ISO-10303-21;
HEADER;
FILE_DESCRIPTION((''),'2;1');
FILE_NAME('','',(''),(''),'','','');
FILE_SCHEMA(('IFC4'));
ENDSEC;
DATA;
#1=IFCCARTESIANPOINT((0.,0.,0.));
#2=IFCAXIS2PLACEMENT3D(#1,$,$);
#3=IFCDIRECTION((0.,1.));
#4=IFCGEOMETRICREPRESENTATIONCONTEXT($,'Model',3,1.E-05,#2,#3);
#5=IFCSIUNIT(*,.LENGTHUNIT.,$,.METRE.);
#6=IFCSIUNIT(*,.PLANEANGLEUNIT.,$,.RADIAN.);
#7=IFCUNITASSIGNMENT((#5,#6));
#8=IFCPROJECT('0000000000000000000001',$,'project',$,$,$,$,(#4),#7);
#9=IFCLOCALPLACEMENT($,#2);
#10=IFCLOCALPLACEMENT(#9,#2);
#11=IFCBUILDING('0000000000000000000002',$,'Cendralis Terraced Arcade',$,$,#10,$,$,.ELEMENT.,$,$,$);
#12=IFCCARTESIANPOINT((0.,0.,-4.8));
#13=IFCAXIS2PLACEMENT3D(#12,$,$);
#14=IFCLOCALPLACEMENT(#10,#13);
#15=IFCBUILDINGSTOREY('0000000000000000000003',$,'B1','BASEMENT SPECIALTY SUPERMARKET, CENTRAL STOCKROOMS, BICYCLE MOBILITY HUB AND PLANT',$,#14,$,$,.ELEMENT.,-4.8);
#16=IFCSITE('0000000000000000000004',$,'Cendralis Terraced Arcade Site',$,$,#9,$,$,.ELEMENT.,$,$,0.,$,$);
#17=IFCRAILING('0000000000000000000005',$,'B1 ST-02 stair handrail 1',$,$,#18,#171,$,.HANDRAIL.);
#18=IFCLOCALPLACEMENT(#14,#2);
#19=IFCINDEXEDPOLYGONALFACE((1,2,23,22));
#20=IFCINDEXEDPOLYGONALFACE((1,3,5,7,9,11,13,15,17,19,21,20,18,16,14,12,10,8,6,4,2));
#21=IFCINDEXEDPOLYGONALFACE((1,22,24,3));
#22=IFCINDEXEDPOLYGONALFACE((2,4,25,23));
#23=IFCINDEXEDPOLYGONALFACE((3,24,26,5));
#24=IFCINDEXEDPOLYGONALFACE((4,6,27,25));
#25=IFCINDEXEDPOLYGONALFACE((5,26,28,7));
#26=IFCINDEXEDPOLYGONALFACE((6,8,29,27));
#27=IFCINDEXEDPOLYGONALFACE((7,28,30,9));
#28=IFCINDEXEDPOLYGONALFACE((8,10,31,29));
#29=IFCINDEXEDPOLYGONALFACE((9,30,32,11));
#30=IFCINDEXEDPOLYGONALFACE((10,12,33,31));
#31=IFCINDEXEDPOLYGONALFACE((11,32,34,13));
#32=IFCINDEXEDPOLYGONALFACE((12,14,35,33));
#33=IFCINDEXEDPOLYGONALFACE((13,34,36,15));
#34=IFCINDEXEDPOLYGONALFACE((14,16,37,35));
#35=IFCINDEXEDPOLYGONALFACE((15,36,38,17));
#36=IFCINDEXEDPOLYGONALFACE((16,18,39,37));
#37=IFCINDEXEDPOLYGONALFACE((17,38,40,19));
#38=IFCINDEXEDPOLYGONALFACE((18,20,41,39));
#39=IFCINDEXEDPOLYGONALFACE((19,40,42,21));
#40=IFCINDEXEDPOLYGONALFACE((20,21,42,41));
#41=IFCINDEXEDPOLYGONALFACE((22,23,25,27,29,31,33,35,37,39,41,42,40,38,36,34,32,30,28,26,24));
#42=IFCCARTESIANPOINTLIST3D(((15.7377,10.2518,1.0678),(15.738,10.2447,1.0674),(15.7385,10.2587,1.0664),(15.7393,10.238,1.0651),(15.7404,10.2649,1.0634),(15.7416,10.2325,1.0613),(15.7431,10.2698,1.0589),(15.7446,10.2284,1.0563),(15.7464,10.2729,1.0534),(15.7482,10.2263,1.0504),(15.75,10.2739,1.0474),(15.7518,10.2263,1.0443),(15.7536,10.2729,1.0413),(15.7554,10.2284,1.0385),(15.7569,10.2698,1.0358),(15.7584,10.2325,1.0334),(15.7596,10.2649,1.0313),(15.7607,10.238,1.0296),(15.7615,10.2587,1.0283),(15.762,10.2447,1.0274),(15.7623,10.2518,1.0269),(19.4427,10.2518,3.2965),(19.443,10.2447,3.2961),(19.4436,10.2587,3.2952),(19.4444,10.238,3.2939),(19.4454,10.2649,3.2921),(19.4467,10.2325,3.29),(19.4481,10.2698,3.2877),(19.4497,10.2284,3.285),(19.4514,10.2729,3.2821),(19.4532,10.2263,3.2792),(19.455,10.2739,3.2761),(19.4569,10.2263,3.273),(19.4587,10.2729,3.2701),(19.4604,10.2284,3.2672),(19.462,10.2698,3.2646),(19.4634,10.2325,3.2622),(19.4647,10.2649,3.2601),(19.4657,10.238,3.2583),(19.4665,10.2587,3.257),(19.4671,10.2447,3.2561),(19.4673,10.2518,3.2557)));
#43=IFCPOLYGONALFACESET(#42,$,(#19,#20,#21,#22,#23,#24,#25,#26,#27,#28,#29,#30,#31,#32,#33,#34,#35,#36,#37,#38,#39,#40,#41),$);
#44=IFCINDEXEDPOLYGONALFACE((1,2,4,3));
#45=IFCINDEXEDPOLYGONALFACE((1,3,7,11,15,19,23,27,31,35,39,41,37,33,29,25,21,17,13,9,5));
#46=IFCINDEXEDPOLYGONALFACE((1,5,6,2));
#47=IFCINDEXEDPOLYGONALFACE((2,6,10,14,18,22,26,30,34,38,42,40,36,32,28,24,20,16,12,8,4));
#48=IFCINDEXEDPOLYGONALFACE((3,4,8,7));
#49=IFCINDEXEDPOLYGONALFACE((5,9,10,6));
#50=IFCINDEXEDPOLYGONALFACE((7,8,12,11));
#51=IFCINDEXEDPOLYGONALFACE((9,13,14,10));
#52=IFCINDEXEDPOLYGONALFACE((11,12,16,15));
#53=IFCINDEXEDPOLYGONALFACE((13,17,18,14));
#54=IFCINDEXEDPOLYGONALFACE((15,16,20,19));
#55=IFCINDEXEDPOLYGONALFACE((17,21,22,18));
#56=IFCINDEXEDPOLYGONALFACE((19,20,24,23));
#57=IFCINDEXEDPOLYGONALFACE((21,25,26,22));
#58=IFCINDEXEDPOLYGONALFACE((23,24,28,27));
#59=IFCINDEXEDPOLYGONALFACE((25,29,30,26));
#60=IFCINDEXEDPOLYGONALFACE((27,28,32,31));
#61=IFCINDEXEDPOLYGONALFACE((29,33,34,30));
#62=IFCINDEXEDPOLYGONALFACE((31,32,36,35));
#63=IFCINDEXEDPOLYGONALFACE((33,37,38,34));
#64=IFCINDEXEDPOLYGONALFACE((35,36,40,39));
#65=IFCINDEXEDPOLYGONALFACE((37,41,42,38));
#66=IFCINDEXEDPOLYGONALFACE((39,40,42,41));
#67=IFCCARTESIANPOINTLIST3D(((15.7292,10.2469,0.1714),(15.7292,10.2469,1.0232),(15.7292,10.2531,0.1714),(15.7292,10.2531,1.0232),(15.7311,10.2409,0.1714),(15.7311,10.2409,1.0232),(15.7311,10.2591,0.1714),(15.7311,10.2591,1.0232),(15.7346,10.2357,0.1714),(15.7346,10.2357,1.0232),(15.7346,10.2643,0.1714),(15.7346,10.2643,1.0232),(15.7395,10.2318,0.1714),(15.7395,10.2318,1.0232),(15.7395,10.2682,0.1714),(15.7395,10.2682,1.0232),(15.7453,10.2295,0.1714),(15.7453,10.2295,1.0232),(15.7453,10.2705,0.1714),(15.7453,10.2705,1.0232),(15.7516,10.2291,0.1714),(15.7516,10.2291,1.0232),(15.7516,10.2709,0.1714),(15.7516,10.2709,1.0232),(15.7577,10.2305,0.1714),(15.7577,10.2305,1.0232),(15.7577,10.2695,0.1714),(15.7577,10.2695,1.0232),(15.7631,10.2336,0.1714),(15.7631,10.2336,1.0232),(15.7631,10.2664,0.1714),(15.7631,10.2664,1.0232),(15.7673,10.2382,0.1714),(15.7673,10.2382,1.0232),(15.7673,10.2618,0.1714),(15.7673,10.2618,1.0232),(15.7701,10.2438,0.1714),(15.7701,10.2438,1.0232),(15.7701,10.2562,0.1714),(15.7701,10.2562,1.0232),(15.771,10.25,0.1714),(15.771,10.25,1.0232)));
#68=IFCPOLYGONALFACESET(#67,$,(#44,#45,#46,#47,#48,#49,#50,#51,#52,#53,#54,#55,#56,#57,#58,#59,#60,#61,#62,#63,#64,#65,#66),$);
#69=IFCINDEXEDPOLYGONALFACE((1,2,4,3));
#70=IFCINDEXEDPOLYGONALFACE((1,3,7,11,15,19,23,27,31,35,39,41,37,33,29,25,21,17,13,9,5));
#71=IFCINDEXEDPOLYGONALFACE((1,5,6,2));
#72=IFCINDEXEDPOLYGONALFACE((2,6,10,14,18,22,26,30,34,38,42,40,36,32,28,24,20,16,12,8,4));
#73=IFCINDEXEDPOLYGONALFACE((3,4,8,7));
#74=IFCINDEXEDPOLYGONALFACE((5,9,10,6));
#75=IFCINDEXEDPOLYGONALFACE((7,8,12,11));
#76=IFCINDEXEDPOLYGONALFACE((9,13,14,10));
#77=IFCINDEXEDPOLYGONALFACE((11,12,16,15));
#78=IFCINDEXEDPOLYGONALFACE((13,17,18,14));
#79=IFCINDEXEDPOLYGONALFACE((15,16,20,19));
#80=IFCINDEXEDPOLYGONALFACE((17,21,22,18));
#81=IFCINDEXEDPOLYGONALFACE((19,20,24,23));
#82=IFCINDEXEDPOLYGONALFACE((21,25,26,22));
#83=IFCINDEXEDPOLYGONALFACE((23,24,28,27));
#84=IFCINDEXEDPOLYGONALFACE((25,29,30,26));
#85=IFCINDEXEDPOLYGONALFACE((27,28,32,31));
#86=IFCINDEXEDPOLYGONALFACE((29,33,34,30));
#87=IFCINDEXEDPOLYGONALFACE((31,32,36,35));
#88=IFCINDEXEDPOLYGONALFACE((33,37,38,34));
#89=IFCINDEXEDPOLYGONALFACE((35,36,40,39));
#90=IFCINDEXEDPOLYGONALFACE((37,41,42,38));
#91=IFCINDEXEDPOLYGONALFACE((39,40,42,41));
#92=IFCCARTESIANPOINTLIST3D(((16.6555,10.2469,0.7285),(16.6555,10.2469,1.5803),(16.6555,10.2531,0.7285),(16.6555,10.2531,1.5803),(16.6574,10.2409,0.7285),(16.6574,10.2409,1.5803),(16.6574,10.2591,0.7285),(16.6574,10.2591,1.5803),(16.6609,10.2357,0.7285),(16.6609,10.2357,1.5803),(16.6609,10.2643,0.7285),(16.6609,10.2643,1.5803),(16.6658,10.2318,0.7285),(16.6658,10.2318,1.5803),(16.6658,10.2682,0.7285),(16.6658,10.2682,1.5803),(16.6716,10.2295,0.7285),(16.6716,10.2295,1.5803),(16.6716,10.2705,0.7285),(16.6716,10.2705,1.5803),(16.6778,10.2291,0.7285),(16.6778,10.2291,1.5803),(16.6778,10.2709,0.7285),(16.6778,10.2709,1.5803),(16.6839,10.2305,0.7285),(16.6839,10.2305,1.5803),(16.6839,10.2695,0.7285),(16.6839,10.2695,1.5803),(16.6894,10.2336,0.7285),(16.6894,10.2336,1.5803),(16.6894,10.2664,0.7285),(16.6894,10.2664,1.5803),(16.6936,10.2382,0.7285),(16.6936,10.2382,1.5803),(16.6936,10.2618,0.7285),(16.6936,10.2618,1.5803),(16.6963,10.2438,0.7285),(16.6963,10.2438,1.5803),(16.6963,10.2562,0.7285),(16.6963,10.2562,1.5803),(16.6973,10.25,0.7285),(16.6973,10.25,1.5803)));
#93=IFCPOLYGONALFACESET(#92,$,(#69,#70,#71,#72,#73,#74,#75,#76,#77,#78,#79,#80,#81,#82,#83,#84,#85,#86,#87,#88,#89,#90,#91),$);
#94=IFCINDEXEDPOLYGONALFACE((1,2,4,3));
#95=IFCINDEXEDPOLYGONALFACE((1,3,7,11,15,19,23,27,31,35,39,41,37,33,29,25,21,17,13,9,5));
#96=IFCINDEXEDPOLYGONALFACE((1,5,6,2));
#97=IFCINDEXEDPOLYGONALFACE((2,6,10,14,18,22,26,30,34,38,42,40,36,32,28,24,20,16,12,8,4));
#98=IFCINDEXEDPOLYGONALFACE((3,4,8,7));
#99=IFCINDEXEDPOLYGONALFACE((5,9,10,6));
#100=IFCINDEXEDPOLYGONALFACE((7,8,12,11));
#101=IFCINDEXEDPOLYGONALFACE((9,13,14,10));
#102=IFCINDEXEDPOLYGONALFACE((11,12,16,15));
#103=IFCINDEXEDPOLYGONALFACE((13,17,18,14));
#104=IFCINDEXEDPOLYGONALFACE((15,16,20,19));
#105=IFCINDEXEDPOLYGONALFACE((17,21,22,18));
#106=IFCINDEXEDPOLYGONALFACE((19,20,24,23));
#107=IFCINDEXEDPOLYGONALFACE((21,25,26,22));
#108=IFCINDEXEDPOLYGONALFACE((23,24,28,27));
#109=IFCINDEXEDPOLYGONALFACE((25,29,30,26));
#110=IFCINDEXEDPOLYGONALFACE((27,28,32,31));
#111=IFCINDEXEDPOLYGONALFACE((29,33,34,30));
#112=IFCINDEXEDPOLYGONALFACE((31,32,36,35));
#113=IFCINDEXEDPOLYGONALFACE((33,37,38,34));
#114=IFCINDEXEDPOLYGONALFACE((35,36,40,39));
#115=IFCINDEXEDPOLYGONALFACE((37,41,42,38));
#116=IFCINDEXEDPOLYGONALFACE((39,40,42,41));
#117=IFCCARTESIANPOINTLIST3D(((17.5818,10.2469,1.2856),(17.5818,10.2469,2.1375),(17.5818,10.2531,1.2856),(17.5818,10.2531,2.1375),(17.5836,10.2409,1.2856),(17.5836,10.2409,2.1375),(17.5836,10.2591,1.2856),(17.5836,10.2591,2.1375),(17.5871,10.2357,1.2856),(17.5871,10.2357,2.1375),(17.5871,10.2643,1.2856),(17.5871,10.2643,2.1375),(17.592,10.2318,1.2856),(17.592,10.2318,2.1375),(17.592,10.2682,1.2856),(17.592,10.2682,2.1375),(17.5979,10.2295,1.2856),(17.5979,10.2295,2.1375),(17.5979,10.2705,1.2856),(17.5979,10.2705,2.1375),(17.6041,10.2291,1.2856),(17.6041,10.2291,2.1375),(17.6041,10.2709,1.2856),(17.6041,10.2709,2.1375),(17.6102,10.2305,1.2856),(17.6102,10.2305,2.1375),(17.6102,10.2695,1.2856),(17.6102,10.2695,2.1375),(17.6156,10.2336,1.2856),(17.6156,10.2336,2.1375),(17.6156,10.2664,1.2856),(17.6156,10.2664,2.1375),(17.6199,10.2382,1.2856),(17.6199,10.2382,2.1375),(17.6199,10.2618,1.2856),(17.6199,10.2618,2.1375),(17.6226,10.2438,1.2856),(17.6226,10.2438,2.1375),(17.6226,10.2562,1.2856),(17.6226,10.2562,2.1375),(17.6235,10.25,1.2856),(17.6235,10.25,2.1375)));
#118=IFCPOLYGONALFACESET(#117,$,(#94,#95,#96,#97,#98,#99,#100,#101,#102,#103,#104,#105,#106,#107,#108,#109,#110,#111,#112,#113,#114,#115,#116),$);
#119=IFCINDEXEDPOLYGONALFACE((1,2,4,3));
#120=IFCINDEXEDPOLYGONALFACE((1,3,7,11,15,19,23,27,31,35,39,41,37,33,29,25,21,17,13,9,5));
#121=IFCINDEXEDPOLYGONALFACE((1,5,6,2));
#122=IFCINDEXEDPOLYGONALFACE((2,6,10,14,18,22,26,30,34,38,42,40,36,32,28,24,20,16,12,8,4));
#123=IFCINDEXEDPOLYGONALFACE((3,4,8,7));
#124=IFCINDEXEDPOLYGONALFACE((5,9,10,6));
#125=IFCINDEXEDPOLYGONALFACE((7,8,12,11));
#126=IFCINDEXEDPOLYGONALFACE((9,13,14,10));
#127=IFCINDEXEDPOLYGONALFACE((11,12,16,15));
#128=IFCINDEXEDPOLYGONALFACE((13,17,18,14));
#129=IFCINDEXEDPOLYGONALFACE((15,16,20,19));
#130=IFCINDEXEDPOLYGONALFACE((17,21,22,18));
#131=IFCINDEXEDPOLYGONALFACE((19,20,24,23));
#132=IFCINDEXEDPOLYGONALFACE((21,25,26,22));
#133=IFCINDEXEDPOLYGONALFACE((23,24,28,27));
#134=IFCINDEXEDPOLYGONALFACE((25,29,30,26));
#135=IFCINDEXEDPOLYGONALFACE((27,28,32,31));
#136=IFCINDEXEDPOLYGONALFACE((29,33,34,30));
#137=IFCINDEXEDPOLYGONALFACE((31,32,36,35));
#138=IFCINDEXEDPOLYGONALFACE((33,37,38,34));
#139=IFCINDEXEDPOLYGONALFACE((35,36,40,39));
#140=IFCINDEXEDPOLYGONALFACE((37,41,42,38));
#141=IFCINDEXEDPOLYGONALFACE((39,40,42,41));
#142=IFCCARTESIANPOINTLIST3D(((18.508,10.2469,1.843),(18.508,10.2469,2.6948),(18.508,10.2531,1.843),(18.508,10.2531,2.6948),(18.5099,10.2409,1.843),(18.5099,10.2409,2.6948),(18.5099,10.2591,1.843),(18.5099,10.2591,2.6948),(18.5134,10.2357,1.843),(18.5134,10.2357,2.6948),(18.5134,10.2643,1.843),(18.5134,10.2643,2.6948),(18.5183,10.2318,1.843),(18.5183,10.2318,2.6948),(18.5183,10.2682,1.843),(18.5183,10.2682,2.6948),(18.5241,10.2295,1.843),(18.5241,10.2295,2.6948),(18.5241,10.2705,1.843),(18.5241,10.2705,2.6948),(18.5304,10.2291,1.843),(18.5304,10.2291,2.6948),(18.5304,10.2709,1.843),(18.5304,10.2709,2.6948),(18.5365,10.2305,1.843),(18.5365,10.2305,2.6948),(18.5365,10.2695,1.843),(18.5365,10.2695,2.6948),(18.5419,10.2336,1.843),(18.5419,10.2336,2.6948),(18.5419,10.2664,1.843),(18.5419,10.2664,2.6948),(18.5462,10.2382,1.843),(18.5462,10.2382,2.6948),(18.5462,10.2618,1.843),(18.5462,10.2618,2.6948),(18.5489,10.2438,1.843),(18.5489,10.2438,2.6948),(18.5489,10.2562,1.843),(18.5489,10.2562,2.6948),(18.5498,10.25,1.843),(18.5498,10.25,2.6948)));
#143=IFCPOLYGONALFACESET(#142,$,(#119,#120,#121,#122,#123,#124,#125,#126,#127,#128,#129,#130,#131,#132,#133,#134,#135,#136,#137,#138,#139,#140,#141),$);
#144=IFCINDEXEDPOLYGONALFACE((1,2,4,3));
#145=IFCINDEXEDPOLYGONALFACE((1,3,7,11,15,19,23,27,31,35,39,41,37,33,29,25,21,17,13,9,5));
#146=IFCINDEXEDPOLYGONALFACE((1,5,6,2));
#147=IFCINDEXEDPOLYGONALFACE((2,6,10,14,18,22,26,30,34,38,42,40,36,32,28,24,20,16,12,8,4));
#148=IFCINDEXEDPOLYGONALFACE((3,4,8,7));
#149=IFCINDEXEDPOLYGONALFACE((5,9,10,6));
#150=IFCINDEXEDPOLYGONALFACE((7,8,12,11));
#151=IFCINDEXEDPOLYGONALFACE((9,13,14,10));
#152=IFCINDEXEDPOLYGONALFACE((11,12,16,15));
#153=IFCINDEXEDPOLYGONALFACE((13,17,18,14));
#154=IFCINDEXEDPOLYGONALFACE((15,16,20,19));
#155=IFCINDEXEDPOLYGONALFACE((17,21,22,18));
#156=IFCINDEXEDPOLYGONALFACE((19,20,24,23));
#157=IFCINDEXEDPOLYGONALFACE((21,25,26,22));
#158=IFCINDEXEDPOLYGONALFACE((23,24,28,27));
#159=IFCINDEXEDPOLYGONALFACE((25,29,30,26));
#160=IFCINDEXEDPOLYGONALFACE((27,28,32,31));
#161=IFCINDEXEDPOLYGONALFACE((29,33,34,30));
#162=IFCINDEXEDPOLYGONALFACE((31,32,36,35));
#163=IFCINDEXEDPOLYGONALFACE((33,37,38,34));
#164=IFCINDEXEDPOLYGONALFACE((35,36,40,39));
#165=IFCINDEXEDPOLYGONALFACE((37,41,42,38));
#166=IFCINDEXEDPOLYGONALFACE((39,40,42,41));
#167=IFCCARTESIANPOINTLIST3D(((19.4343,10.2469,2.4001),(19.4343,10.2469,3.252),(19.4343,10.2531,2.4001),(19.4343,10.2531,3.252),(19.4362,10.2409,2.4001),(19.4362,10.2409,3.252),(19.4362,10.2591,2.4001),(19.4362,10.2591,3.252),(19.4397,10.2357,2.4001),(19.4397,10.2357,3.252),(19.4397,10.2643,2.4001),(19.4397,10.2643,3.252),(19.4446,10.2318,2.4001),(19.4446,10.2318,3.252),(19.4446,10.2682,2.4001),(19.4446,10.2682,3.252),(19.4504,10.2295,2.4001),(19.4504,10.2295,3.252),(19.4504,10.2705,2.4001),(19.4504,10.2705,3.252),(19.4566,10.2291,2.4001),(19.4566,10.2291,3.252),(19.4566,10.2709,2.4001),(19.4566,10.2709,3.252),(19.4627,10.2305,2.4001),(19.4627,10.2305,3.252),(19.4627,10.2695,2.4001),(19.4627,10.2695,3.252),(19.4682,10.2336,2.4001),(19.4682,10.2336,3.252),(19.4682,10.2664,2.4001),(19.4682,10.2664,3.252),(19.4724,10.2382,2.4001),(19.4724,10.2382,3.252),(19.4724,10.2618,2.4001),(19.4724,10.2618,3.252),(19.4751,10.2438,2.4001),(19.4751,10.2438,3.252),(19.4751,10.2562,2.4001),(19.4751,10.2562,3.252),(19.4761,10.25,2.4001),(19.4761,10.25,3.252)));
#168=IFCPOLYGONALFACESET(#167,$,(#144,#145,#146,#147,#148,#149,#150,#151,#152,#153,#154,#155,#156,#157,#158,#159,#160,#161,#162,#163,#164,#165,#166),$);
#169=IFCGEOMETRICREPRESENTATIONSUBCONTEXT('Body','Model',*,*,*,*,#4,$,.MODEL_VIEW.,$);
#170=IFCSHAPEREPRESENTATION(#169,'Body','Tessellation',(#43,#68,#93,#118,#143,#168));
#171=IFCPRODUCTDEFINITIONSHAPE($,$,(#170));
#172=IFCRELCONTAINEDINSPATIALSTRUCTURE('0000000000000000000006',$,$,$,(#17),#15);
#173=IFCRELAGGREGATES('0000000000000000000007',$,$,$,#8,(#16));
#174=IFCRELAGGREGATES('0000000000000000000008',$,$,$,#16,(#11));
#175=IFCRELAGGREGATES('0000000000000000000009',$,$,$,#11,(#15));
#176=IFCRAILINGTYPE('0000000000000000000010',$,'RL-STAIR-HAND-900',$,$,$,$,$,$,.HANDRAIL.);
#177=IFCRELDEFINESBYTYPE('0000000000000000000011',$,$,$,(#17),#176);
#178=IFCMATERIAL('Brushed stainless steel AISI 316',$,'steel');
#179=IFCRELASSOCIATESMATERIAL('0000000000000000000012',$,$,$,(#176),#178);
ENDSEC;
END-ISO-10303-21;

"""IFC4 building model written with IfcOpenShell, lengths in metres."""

from ifc_helpers import new_model, si_unit, direction, frame, origin, origin_2d, place, context, subcontext, project, spatial, circle, extrude, material, type_object, element, save


model = new_model("IFC4")

# Units and contexts
model_context = context("Model", 3, precision=1e-05, world=origin(), true_north=direction((0.0, 1.0)))
body_context = subcontext(model_context, "Body", "Model", "MODEL_VIEW")
ifc_project = project(units=[si_unit("LENGTHUNIT", "METRE"), si_unit("PLANEANGLEUNIT", "RADIAN")], contexts=[model_context])

# Site, building, storey
site_placement = place(None, origin())
site = spatial("IfcSite", under=ifc_project, at=site_placement, Name="Cendralis Terraced Arcade Site", CompositionType="ELEMENT", RefElevation=0.0)
building_placement = place(site_placement, origin())
building = spatial("IfcBuilding", under=site, at=building_placement, Name="Cendralis Terraced Arcade", CompositionType="ELEMENT")
storey_placement = place(building_placement, frame((0.0, 0.0, -4.8)))
storey = spatial("IfcBuildingStorey", under=building, at=storey_placement, Name="B1", Description="BASEMENT SPECIALTY SUPERMARKET, CENTRAL STOCKROOMS, BICYCLE MOBILITY HUB AND PLANT", CompositionType="ELEMENT", Elevation=-4.8)

# Railing
ifc_material_1 = material(Name="Brushed stainless steel AISI 316", Category="steel")
railing_type = type_object("IfcRailingType", Name="RL-STAIR-HAND-900", PredefinedType="HANDRAIL", material=ifc_material_1)
railing_placement = place(storey_placement, frame((15.75, 10.25, 0.1714)))
element("IfcRailing", 1, at=railing_placement, inside=storey, type_object=railing_type, Name="B1 ST-02 stair handrail 1", PredefinedType="HANDRAIL", context=body_context, shape_type="SweptSolid", body=[
    extrude(circle(Radius=0.0239, at=origin_2d()), frame((0.0, 0.0, 0.876), z_axis=(0.856909, 0.0, 0.515467), x_axis=(0.0, 1.0, 0.0)), (0.0, 0.0, 1.0), 4.3237),
    extrude(circle(Radius=0.021, at=origin_2d()), origin(), (0.0, 0.0, 1.0), 0.8518),
    extrude(circle(Radius=0.021, at=origin_2d()), frame((0.9263, 0.0, 0.5571)), (0.0, 0.0, 1.0), 0.8518),
    extrude(circle(Radius=0.021, at=origin_2d()), frame((1.8525, 0.0, 1.1143)), (0.0, 0.0, 1.0), 0.8518),
    extrude(circle(Radius=0.021, at=origin_2d()), frame((2.7788, 0.0, 1.6716)), (0.0, 0.0, 1.0), 0.8518),
    extrude(circle(Radius=0.021, at=origin_2d()), frame((3.7051, 0.0, 2.2288)), (0.0, 0.0, 1.0), 0.8518),
])

save(model, "model.ifc")
